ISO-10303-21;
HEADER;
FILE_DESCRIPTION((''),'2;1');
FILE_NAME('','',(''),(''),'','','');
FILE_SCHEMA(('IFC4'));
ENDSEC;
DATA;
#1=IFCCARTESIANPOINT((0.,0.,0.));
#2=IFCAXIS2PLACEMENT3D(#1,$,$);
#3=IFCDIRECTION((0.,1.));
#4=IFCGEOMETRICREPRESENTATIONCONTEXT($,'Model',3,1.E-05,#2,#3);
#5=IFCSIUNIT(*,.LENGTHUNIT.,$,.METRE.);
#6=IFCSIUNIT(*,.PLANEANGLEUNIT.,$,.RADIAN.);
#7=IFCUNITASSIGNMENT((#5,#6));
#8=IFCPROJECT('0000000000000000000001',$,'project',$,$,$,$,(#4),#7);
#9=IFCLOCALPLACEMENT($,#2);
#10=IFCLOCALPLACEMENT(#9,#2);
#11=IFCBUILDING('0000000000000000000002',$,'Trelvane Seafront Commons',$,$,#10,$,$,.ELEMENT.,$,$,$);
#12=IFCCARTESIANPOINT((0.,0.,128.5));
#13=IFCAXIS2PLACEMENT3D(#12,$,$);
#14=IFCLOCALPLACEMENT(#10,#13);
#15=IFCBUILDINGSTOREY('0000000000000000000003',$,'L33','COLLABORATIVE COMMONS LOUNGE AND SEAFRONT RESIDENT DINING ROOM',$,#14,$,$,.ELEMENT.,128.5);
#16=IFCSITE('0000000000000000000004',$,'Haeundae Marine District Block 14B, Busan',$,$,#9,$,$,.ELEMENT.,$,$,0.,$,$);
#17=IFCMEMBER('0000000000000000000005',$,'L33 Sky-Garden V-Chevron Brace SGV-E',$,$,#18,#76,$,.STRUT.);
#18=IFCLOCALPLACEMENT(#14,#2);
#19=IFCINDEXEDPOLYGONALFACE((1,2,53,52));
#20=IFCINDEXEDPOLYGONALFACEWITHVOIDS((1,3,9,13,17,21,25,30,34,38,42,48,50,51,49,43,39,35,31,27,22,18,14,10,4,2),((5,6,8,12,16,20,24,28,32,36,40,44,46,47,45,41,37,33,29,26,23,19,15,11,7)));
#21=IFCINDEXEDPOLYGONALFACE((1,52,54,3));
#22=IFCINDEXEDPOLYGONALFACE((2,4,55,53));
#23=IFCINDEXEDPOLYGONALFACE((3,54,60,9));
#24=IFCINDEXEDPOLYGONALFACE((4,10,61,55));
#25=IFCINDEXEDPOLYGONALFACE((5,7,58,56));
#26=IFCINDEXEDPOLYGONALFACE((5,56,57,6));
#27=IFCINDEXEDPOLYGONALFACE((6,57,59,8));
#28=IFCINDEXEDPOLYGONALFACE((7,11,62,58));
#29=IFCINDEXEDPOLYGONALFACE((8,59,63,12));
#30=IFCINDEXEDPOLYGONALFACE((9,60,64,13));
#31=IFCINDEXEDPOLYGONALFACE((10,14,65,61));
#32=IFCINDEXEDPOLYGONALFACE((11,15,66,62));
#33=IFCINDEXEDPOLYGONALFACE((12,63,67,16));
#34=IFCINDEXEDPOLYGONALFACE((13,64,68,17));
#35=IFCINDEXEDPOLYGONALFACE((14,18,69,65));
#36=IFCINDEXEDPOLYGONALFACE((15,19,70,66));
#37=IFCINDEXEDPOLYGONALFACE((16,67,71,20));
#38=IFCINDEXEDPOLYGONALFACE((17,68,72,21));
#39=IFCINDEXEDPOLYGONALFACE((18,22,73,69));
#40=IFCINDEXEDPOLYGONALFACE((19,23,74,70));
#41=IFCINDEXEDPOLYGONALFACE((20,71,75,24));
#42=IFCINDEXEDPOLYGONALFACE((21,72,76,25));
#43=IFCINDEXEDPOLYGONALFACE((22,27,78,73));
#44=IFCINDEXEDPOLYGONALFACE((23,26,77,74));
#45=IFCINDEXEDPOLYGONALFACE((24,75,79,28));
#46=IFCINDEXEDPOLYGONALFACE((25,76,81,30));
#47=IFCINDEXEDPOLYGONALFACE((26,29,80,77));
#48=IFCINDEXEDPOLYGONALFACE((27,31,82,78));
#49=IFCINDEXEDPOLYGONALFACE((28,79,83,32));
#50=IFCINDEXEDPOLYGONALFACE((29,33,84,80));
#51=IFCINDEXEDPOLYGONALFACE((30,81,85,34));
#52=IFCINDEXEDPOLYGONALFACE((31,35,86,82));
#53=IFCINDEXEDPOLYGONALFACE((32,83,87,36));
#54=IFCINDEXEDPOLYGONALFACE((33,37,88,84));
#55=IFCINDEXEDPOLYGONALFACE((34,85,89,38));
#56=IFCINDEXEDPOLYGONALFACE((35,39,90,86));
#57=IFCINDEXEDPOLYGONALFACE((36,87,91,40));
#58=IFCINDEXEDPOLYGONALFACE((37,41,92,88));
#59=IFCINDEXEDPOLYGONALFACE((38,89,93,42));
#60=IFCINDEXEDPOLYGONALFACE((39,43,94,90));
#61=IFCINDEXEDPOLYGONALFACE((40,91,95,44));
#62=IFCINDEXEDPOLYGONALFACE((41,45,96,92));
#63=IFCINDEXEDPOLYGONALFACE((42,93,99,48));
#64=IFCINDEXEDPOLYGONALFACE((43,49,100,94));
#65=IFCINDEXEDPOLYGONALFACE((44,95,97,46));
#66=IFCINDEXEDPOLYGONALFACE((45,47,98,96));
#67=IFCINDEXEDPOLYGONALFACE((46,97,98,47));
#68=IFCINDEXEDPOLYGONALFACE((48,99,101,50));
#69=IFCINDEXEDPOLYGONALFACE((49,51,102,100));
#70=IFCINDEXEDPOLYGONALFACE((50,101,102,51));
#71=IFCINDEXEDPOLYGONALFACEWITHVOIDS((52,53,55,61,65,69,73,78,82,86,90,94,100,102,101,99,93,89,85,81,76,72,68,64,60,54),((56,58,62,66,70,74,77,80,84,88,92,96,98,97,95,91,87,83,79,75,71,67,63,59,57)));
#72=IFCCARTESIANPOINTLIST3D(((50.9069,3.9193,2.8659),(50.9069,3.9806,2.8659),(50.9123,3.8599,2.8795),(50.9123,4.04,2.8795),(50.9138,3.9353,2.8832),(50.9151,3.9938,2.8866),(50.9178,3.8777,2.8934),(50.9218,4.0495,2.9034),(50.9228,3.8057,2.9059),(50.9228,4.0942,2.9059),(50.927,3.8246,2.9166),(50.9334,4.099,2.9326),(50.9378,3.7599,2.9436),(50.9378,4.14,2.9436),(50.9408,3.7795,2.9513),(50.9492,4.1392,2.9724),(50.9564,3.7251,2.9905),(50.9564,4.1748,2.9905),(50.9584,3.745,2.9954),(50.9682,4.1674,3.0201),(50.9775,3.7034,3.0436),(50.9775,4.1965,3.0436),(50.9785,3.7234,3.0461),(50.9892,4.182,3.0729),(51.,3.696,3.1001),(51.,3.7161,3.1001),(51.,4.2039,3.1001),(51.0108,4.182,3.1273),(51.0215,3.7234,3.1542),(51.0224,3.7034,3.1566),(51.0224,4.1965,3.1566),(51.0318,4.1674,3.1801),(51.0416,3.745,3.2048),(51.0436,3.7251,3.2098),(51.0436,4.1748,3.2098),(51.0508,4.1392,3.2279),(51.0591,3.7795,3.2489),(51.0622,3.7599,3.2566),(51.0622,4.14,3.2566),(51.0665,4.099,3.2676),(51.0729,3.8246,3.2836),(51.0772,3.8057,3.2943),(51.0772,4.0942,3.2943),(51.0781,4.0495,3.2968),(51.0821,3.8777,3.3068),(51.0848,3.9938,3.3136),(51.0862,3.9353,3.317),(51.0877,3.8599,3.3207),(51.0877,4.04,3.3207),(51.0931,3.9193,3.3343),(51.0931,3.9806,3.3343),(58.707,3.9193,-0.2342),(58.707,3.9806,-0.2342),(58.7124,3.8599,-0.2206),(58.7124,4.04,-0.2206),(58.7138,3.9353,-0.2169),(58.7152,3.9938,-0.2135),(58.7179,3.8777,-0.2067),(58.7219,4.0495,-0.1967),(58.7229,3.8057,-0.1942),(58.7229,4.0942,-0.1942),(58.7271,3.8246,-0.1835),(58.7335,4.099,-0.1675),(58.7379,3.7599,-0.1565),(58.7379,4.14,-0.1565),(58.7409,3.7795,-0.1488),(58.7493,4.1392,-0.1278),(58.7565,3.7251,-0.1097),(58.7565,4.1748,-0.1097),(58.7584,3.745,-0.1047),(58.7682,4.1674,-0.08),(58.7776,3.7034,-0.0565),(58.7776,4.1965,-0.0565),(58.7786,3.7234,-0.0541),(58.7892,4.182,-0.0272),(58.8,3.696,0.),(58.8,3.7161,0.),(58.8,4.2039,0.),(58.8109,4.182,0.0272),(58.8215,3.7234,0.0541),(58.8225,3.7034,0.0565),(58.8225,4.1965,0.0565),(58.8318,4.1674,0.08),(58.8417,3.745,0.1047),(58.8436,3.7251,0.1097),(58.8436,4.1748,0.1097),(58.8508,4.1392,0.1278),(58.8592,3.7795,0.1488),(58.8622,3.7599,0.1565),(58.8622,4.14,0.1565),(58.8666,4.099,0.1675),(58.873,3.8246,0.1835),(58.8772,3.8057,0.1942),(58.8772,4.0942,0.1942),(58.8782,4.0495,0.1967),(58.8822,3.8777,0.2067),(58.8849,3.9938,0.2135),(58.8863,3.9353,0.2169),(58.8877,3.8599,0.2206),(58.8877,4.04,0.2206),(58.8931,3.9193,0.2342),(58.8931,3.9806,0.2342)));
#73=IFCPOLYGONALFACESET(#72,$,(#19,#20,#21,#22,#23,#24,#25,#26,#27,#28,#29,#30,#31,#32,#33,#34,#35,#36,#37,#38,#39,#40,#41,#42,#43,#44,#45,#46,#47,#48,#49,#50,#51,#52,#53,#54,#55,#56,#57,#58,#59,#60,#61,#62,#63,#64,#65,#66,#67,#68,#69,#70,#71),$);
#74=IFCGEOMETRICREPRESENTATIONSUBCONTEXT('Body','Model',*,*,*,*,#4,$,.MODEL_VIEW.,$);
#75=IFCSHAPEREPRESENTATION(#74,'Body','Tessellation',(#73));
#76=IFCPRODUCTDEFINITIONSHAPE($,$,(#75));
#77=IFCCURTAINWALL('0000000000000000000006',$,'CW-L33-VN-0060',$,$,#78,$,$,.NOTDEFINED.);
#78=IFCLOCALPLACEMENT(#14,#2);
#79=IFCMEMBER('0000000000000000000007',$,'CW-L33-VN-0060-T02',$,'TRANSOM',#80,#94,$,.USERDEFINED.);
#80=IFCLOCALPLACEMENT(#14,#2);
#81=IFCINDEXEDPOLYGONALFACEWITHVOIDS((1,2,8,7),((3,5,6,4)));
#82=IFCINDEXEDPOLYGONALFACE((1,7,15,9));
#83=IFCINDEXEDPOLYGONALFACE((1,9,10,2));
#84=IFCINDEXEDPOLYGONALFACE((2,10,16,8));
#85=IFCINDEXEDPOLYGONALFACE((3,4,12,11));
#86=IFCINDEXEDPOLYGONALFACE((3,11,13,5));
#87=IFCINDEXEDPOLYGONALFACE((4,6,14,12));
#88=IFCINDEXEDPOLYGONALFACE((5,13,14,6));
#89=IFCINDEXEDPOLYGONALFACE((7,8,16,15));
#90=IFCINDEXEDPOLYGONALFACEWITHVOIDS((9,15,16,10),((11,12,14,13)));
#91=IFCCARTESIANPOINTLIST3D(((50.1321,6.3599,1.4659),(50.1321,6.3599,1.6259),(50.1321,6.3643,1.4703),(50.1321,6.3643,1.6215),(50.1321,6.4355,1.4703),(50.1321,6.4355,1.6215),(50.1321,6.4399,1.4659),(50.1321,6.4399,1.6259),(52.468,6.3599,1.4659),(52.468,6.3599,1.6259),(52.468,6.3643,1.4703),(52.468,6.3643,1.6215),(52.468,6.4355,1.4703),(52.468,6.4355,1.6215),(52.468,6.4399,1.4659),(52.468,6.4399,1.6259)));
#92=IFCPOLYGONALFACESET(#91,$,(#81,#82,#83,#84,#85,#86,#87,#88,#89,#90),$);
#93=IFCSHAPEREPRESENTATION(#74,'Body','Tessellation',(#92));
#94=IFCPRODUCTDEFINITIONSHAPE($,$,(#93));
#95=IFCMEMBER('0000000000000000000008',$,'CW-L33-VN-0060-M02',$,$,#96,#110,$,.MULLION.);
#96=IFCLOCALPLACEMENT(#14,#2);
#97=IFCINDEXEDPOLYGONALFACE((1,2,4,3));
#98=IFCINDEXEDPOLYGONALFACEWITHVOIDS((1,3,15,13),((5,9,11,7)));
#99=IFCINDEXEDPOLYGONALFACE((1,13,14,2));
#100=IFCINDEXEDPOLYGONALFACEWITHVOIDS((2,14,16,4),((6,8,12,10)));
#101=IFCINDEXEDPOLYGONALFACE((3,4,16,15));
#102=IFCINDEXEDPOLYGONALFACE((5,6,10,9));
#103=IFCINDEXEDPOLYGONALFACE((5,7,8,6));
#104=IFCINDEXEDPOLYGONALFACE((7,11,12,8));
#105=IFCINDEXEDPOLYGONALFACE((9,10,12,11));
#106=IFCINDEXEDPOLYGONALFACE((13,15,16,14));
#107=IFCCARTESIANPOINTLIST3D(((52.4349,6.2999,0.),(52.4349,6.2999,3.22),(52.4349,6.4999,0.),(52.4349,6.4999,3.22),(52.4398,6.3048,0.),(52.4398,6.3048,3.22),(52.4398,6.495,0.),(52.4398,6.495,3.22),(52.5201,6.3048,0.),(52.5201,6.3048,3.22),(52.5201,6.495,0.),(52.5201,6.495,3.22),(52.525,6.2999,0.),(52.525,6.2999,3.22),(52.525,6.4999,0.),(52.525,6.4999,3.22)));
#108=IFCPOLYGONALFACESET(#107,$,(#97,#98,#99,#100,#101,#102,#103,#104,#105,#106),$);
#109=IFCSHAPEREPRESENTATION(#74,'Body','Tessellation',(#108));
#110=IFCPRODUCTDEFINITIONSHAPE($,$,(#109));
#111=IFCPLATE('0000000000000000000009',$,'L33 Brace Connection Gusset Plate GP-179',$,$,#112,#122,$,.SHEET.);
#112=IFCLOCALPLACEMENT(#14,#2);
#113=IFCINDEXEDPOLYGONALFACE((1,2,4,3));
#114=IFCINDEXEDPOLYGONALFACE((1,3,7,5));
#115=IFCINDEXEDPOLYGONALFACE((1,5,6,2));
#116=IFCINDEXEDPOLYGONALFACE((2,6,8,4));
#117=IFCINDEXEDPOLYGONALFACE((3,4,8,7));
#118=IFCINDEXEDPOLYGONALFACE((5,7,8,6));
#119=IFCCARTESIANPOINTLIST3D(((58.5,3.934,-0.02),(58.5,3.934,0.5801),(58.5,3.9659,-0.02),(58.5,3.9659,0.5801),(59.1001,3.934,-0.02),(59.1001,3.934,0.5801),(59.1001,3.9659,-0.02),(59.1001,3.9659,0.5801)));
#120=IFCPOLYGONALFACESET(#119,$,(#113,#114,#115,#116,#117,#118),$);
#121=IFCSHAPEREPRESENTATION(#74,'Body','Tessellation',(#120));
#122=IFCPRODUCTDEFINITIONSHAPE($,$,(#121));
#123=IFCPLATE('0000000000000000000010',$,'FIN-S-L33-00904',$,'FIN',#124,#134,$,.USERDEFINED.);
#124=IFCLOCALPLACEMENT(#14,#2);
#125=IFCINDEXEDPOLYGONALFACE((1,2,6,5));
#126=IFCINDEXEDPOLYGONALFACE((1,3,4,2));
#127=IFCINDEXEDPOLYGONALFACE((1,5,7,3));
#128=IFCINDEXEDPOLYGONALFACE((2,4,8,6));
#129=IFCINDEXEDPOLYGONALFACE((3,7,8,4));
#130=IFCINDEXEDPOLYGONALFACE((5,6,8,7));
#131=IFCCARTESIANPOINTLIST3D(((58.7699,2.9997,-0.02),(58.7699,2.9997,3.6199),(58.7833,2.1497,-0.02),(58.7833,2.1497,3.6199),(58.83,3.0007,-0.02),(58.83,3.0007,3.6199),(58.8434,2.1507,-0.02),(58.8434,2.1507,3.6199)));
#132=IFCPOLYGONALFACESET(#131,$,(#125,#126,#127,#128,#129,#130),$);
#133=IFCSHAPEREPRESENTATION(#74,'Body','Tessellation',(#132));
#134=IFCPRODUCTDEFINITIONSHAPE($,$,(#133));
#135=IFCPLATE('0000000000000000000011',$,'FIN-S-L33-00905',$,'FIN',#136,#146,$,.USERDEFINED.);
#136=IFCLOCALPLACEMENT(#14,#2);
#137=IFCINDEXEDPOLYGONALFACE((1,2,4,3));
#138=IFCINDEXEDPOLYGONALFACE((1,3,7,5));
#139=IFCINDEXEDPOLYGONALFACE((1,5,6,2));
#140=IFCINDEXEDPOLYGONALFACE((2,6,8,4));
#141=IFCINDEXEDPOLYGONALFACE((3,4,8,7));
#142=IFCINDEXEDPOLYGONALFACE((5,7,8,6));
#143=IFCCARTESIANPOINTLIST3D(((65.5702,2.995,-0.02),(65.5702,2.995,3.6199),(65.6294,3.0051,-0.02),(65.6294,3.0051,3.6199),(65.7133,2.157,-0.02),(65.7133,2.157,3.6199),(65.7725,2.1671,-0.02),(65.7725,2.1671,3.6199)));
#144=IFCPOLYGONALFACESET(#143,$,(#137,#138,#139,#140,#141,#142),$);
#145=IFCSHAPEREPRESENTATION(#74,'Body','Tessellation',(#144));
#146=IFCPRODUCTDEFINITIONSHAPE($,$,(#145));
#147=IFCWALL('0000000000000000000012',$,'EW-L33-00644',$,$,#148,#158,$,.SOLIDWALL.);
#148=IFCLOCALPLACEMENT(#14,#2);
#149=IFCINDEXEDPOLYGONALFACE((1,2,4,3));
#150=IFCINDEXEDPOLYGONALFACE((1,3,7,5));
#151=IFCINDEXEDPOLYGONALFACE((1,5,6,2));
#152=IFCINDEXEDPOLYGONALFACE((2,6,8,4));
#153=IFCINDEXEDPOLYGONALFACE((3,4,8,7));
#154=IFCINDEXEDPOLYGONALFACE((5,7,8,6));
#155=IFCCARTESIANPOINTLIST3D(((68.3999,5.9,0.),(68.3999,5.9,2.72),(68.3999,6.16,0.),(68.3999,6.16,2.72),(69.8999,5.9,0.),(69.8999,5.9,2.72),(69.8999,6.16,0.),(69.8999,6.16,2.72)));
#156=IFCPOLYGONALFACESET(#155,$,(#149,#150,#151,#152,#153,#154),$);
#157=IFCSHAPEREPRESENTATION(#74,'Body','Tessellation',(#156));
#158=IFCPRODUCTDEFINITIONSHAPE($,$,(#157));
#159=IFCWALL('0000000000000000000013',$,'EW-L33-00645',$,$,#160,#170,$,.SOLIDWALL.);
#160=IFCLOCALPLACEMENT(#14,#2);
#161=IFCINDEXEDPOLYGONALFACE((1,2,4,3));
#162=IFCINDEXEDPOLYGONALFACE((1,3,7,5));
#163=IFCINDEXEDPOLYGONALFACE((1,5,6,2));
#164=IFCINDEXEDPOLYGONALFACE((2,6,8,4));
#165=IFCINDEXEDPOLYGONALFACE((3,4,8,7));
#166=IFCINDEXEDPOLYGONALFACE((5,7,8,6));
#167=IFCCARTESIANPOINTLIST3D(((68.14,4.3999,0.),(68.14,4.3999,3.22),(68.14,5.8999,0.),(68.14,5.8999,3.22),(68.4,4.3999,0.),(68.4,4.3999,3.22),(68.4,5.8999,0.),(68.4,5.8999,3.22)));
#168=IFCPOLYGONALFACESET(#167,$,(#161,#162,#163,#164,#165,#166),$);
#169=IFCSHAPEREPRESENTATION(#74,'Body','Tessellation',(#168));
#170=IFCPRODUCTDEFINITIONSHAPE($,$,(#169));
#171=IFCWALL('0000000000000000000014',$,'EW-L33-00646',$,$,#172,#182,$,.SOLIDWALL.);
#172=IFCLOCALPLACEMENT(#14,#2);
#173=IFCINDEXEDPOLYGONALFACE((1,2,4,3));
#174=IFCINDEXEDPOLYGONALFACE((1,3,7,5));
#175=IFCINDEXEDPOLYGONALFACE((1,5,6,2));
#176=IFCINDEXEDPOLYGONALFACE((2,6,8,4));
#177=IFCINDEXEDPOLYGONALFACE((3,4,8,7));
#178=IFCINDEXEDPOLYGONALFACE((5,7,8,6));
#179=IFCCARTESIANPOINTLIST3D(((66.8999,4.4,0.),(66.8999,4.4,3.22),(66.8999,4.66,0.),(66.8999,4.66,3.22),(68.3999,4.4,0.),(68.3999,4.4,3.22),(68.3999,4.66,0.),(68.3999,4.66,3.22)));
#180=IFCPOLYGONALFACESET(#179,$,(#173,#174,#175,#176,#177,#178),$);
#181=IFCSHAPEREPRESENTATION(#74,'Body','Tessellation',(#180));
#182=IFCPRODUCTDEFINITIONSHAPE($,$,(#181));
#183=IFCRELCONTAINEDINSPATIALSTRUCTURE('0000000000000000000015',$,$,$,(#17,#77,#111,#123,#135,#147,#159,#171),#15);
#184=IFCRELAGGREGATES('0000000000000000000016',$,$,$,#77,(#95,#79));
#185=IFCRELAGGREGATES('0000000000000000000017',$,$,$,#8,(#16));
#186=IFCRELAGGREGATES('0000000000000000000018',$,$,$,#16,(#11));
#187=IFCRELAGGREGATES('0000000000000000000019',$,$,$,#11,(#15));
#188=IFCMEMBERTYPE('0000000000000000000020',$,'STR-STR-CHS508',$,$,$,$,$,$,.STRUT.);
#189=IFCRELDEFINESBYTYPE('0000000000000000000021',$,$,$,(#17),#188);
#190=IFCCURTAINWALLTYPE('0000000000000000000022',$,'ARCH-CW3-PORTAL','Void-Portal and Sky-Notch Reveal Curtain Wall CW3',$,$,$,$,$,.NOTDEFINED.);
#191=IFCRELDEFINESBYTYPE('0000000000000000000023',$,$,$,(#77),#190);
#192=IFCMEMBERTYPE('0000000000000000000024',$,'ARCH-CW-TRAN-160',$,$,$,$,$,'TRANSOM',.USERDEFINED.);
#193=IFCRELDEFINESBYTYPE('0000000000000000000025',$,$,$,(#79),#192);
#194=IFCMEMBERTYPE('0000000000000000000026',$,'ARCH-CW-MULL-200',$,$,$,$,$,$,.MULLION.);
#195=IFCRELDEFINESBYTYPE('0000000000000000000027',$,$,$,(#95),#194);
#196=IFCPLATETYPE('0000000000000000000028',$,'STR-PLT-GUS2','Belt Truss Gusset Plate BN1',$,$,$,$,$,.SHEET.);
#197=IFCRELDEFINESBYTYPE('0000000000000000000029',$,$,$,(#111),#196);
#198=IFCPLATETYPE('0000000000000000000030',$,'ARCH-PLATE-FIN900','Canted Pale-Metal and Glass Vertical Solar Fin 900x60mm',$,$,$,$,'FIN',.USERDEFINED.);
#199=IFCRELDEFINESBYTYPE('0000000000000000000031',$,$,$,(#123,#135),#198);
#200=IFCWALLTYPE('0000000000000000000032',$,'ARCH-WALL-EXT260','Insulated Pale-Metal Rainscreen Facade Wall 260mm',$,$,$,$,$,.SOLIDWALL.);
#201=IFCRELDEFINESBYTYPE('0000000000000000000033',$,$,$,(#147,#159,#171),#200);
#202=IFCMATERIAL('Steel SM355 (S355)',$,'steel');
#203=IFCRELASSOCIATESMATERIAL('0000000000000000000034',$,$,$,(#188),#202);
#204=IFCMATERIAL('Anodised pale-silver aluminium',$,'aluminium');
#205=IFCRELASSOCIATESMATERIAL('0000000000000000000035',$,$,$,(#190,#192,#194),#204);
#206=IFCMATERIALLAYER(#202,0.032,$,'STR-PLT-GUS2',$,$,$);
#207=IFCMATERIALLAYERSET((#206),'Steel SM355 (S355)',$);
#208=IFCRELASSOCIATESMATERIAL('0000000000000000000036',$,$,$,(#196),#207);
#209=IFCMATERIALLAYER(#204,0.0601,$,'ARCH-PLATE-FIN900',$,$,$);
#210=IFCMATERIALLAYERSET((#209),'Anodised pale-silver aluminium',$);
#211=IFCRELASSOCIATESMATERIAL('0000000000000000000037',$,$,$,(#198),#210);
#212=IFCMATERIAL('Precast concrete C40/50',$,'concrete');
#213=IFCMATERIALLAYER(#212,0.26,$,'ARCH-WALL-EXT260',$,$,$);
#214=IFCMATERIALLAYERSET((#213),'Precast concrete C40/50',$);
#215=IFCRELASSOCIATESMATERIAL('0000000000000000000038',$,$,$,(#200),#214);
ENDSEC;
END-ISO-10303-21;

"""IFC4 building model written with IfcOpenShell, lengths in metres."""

from ifc_helpers import new_model, si_unit, direction, frame, frame_2d, origin, origin_2d, place, context, subcontext, project, spatial, rectangle, hollow_rectangle, hollow_circle, extrude, source, transform, mapped, material, layer, layer_set, material_profile, profile_set, type_object, element, aggregate, save


model = new_model("IFC4")

# Units and contexts
model_context = context("Model", 3, precision=1e-05, world=origin(), true_north=direction((0.0, 1.0)))
body_context = subcontext(model_context, "Body", "Model", "MODEL_VIEW")
ifc_project = project(units=[si_unit("LENGTHUNIT", "METRE"), si_unit("PLANEANGLEUNIT", "RADIAN")], contexts=[model_context])

# Site, building, storey
site_placement = place(None, origin())
site = spatial("IfcSite", under=ifc_project, at=site_placement, Name="Haeundae Marine District Block 14B, Busan", CompositionType="ELEMENT", RefElevation=0.0)
building_placement = place(site_placement, origin())
building = spatial("IfcBuilding", under=site, at=building_placement, Name="Trelvane Seafront Commons", CompositionType="ELEMENT")
storey_placement = place(building_placement, frame((0.0, 0.0, 128.5)))
storey = spatial("IfcBuildingStorey", under=building, at=storey_placement, Name="L33", Description="COLLABORATIVE COMMONS LOUNGE AND SEAFRONT RESIDENT DINING ROOM", CompositionType="ELEMENT", Elevation=128.5)

# Shared definitions
ifc_material_1 = material(Name="Steel SM355 (S355)", Category="steel")

# Member
ifc_material_profile_1 = material_profile(ifc_material_1, hollow_circle(Radius=0.2539, WallThickness=0.02, at=origin_2d()), Name="CHS-508x20")
ifc_profile_set_1 = profile_set([ifc_material_profile_1], Name="Steel SM355 (S355)")
member_type_1 = type_object("IfcMemberType", Name="STR-STR-CHS508", PredefinedType="STRUT", material=ifc_profile_set_1)
shared_shape_1 = source(origin(), body_context, "Body", "SweptSolid", [
    extrude(hollow_circle(Radius=0.2539, WallThickness=0.02, at=origin_2d()), origin(), (0.0, 0.0, 1.0), 8.3936),
])
member_1_placement = place(storey_placement, frame((58.8, 3.95, 0.0), z_axis=(-0.929293, 0.0, 0.369344), x_axis=(0.0, -1.0, 0.0)))
element("IfcMember", 1, at=member_1_placement, inside=storey, type_object=member_type_1, Name="L33 Sky-Garden V-Chevron Brace SGV-E", PredefinedType="STRUT", context=body_context, shape_type="MappedRepresentation", body=[
    mapped(shared_shape_1, transform((0.0, 0.0, 0.0), x_axis=(1.0, 0.0, 0.0), y_axis=(0.0, 1.0, 0.0), z_axis=(0.0, 0.0, 1.0), scale=1.0)),
])

# Curtain wall, members
ifc_material_2 = material(Name="Anodised pale-silver aluminium", Category="aluminium")
curtain_wall_type = type_object("IfcCurtainWallType", Name="ARCH-CW3-PORTAL", Description="Void-Portal and Sky-Notch Reveal Curtain Wall CW3", PredefinedType="NOTDEFINED", material=ifc_material_2)
curtain_wall_placement = place(storey_placement, origin())
curtain_wall = element("IfcCurtainWall", 2, at=curtain_wall_placement, inside=storey, type_object=curtain_wall_type, Name="CW-L33-VN-0060", PredefinedType="NOTDEFINED")
ifc_material_profile_2 = material_profile(ifc_material_2, hollow_rectangle(XDim=0.0801, YDim=0.1599, WallThickness=0.0044, at=origin_2d()), Name="TRAN-80x160x4.5")
ifc_profile_set_2 = profile_set([ifc_material_profile_2], Name="Anodised pale-silver aluminium")
member_type_2 = type_object("IfcMemberType", Name="ARCH-CW-TRAN-160", ElementType="TRANSOM", PredefinedType="USERDEFINED", material=ifc_profile_set_2)
shared_shape_2 = source(origin(), body_context, "Body", "SweptSolid", [
    extrude(hollow_rectangle(XDim=0.0801, YDim=0.1599, WallThickness=0.0044, at=origin_2d()), origin(), (0.0, 0.0, 1.0), 2.3359),
])
member_2_placement = place(storey_placement, frame((52.468, 6.3999, 1.5459), z_axis=(-1.0, 0.0, 0.0), x_axis=(0.0, -1.0, 0.0)))
member_2 = element("IfcMember", 3, at=member_2_placement, type_object=member_type_2, Name="CW-L33-VN-0060-T02", ObjectType="TRANSOM", PredefinedType="USERDEFINED", context=body_context, shape_type="MappedRepresentation", body=[
    mapped(shared_shape_2, transform((0.0, 0.0, 0.0), x_axis=(1.0, 0.0, 0.0), y_axis=(0.0, 1.0, 0.0), z_axis=(0.0, 0.0, 1.0), scale=1.0)),
])
ifc_material_profile_3 = material_profile(ifc_material_2, hollow_rectangle(XDim=0.0901, YDim=0.2, WallThickness=0.0049, at=origin_2d()), Name="MULL-90x200x5")
ifc_profile_set_3 = profile_set([ifc_material_profile_3], Name="Anodised pale-silver aluminium")
member_type_3 = type_object("IfcMemberType", Name="ARCH-CW-MULL-200", PredefinedType="MULLION", material=ifc_profile_set_3)
shared_shape_3 = source(origin(), body_context, "Body", "SweptSolid", [
    extrude(hollow_rectangle(XDim=0.0901, YDim=0.2, WallThickness=0.0049, at=origin_2d()), origin(), (0.0, 0.0, 1.0), 3.22),
])
member_3_placement = place(storey_placement, frame((52.48, 6.3999, 0.0), z_axis=(0.0, 0.0, 1.0), x_axis=(1.0, 0.0, 0.0)))
member_3 = element("IfcMember", 4, at=member_3_placement, type_object=member_type_3, Name="CW-L33-VN-0060-M02", PredefinedType="MULLION", context=body_context, shape_type="MappedRepresentation", body=[
    mapped(shared_shape_3, transform((0.0, 0.0, 0.0), x_axis=(1.0, 0.0, 0.0), y_axis=(0.0, 1.0, 0.0), z_axis=(0.0, 0.0, 1.0), scale=1.0)),
])
aggregate(curtain_wall, [member_3, member_2])

# Plates
ifc_layer_1 = layer(ifc_material_1, 0.032, Name="STR-PLT-GUS2")
ifc_layer_set_1 = layer_set([ifc_layer_1], Name="Steel SM355 (S355)")
plate_type_1 = type_object("IfcPlateType", Name="STR-PLT-GUS2", Description="Belt Truss Gusset Plate BN1", PredefinedType="SHEET", material=ifc_layer_set_1)
shared_shape_4 = source(origin(), body_context, "Body", "SweptSolid", [
    extrude(rectangle(XDim=0.6001, YDim=0.032, at=origin_2d()), origin(), (0.0, 0.0, 1.0), 0.6001),
])
plate_placement = place(storey_placement, frame((58.8, 3.95, -0.02), z_axis=(0.0, 0.0, 1.0), x_axis=(1.0, 0.0, 0.0)))
element("IfcPlate", 5, at=plate_placement, inside=storey, type_object=plate_type_1, Name="L33 Brace Connection Gusset Plate GP-179", PredefinedType="SHEET", context=body_context, shape_type="MappedRepresentation", body=[
    mapped(shared_shape_4, transform((0.0, 0.0, 0.0), x_axis=(1.0, 0.0, 0.0), y_axis=(0.0, 1.0, 0.0), z_axis=(0.0, 0.0, 1.0), scale=1.0)),
])
ifc_layer_2 = layer(ifc_material_2, 0.0601, Name="ARCH-PLATE-FIN900")
ifc_layer_set_2 = layer_set([ifc_layer_2], Name="Anodised pale-silver aluminium")
plate_type_2 = type_object("IfcPlateType", Name="ARCH-PLATE-FIN900", Description="Canted Pale-Metal and Glass Vertical Solar Fin 900x60mm", ElementType="FIN", PredefinedType="USERDEFINED", material=ifc_layer_set_2)
shared_shape_5 = source(origin(), body_context, "Body", "SweptSolid", [
    extrude(rectangle(XDim=0.8501, YDim=0.0601, at=origin_2d()), origin(), (0.0, 0.0, 1.0), 3.6399),
])
for number, where, z_axis, x_axis, name in (
    (6, (58.8066, 2.5752, -0.02), (0.0, 0.0, 1.0), (0.015765, -0.999876, 0.0), "FIN-S-L33-00904"),
    (7, (65.6714, 2.5811, -0.02), (0.0, 0.0, 1.0), (0.168347, -0.985728, 0.0), "FIN-S-L33-00905"),
):
    element("IfcPlate", number, at=place(storey_placement, frame(where, z_axis=z_axis, x_axis=x_axis)), inside=storey, type_object=plate_type_2, Name=name, ObjectType="FIN", PredefinedType="USERDEFINED", context=body_context, shape_type="MappedRepresentation", body=[
        mapped(shared_shape_5, transform((0.0, 0.0, 0.0), x_axis=(1.0, 0.0, 0.0), y_axis=(0.0, 1.0, 0.0), z_axis=(0.0, 0.0, 1.0), scale=1.0)),
    ])

# Walls
ifc_material_3 = material(Name="Precast concrete C40/50", Category="concrete")
ifc_layer_3 = layer(ifc_material_3, 0.26, Name="ARCH-WALL-EXT260")
ifc_layer_set_3 = layer_set([ifc_layer_3], Name="Precast concrete C40/50")
wall_type_1 = type_object("IfcWallType", Name="ARCH-WALL-EXT260", Description="Insulated Pale-Metal Rainscreen Facade Wall 260mm", PredefinedType="SOLIDWALL", material=ifc_layer_set_3)
wall_1_placement = place(storey_placement, frame((69.8999, 6.03, 0.0), z_axis=(0.0, 0.0, 1.0), x_axis=(-1.0, 0.0, 0.0)))
element("IfcWall", 8, at=wall_1_placement, inside=storey, type_object=wall_type_1, Name="EW-L33-00644", PredefinedType="SOLIDWALL", context=body_context, shape_type="SweptSolid", body=[
    extrude(rectangle(XDim=1.5, YDim=0.26, at=frame_2d((0.75, 0.0))), origin(), (0.0, 0.0, 1.0), 2.72),
])
for number, where, z_axis, x_axis, name in (
    (9, (68.27, 5.8999, 0.0), (0.0, 0.0, 1.0), (0.0, -1.0, 0.0), "EW-L33-00645"),
    (10, (68.3999, 4.53, 0.0), (0.0, 0.0, 1.0), (-1.0, 0.0, 0.0), "EW-L33-00646"),
):
    element("IfcWall", number, at=place(storey_placement, frame(where, z_axis=z_axis, x_axis=x_axis)), inside=storey, type_object=wall_type_1, Name=name, PredefinedType="SOLIDWALL", context=body_context, shape_type="SweptSolid", body=[
        extrude(rectangle(XDim=1.5, YDim=0.26, at=frame_2d((0.75, 0.0))), origin(), (0.0, 0.0, 1.0), 3.22),
    ])

save(model, "model.ifc")
